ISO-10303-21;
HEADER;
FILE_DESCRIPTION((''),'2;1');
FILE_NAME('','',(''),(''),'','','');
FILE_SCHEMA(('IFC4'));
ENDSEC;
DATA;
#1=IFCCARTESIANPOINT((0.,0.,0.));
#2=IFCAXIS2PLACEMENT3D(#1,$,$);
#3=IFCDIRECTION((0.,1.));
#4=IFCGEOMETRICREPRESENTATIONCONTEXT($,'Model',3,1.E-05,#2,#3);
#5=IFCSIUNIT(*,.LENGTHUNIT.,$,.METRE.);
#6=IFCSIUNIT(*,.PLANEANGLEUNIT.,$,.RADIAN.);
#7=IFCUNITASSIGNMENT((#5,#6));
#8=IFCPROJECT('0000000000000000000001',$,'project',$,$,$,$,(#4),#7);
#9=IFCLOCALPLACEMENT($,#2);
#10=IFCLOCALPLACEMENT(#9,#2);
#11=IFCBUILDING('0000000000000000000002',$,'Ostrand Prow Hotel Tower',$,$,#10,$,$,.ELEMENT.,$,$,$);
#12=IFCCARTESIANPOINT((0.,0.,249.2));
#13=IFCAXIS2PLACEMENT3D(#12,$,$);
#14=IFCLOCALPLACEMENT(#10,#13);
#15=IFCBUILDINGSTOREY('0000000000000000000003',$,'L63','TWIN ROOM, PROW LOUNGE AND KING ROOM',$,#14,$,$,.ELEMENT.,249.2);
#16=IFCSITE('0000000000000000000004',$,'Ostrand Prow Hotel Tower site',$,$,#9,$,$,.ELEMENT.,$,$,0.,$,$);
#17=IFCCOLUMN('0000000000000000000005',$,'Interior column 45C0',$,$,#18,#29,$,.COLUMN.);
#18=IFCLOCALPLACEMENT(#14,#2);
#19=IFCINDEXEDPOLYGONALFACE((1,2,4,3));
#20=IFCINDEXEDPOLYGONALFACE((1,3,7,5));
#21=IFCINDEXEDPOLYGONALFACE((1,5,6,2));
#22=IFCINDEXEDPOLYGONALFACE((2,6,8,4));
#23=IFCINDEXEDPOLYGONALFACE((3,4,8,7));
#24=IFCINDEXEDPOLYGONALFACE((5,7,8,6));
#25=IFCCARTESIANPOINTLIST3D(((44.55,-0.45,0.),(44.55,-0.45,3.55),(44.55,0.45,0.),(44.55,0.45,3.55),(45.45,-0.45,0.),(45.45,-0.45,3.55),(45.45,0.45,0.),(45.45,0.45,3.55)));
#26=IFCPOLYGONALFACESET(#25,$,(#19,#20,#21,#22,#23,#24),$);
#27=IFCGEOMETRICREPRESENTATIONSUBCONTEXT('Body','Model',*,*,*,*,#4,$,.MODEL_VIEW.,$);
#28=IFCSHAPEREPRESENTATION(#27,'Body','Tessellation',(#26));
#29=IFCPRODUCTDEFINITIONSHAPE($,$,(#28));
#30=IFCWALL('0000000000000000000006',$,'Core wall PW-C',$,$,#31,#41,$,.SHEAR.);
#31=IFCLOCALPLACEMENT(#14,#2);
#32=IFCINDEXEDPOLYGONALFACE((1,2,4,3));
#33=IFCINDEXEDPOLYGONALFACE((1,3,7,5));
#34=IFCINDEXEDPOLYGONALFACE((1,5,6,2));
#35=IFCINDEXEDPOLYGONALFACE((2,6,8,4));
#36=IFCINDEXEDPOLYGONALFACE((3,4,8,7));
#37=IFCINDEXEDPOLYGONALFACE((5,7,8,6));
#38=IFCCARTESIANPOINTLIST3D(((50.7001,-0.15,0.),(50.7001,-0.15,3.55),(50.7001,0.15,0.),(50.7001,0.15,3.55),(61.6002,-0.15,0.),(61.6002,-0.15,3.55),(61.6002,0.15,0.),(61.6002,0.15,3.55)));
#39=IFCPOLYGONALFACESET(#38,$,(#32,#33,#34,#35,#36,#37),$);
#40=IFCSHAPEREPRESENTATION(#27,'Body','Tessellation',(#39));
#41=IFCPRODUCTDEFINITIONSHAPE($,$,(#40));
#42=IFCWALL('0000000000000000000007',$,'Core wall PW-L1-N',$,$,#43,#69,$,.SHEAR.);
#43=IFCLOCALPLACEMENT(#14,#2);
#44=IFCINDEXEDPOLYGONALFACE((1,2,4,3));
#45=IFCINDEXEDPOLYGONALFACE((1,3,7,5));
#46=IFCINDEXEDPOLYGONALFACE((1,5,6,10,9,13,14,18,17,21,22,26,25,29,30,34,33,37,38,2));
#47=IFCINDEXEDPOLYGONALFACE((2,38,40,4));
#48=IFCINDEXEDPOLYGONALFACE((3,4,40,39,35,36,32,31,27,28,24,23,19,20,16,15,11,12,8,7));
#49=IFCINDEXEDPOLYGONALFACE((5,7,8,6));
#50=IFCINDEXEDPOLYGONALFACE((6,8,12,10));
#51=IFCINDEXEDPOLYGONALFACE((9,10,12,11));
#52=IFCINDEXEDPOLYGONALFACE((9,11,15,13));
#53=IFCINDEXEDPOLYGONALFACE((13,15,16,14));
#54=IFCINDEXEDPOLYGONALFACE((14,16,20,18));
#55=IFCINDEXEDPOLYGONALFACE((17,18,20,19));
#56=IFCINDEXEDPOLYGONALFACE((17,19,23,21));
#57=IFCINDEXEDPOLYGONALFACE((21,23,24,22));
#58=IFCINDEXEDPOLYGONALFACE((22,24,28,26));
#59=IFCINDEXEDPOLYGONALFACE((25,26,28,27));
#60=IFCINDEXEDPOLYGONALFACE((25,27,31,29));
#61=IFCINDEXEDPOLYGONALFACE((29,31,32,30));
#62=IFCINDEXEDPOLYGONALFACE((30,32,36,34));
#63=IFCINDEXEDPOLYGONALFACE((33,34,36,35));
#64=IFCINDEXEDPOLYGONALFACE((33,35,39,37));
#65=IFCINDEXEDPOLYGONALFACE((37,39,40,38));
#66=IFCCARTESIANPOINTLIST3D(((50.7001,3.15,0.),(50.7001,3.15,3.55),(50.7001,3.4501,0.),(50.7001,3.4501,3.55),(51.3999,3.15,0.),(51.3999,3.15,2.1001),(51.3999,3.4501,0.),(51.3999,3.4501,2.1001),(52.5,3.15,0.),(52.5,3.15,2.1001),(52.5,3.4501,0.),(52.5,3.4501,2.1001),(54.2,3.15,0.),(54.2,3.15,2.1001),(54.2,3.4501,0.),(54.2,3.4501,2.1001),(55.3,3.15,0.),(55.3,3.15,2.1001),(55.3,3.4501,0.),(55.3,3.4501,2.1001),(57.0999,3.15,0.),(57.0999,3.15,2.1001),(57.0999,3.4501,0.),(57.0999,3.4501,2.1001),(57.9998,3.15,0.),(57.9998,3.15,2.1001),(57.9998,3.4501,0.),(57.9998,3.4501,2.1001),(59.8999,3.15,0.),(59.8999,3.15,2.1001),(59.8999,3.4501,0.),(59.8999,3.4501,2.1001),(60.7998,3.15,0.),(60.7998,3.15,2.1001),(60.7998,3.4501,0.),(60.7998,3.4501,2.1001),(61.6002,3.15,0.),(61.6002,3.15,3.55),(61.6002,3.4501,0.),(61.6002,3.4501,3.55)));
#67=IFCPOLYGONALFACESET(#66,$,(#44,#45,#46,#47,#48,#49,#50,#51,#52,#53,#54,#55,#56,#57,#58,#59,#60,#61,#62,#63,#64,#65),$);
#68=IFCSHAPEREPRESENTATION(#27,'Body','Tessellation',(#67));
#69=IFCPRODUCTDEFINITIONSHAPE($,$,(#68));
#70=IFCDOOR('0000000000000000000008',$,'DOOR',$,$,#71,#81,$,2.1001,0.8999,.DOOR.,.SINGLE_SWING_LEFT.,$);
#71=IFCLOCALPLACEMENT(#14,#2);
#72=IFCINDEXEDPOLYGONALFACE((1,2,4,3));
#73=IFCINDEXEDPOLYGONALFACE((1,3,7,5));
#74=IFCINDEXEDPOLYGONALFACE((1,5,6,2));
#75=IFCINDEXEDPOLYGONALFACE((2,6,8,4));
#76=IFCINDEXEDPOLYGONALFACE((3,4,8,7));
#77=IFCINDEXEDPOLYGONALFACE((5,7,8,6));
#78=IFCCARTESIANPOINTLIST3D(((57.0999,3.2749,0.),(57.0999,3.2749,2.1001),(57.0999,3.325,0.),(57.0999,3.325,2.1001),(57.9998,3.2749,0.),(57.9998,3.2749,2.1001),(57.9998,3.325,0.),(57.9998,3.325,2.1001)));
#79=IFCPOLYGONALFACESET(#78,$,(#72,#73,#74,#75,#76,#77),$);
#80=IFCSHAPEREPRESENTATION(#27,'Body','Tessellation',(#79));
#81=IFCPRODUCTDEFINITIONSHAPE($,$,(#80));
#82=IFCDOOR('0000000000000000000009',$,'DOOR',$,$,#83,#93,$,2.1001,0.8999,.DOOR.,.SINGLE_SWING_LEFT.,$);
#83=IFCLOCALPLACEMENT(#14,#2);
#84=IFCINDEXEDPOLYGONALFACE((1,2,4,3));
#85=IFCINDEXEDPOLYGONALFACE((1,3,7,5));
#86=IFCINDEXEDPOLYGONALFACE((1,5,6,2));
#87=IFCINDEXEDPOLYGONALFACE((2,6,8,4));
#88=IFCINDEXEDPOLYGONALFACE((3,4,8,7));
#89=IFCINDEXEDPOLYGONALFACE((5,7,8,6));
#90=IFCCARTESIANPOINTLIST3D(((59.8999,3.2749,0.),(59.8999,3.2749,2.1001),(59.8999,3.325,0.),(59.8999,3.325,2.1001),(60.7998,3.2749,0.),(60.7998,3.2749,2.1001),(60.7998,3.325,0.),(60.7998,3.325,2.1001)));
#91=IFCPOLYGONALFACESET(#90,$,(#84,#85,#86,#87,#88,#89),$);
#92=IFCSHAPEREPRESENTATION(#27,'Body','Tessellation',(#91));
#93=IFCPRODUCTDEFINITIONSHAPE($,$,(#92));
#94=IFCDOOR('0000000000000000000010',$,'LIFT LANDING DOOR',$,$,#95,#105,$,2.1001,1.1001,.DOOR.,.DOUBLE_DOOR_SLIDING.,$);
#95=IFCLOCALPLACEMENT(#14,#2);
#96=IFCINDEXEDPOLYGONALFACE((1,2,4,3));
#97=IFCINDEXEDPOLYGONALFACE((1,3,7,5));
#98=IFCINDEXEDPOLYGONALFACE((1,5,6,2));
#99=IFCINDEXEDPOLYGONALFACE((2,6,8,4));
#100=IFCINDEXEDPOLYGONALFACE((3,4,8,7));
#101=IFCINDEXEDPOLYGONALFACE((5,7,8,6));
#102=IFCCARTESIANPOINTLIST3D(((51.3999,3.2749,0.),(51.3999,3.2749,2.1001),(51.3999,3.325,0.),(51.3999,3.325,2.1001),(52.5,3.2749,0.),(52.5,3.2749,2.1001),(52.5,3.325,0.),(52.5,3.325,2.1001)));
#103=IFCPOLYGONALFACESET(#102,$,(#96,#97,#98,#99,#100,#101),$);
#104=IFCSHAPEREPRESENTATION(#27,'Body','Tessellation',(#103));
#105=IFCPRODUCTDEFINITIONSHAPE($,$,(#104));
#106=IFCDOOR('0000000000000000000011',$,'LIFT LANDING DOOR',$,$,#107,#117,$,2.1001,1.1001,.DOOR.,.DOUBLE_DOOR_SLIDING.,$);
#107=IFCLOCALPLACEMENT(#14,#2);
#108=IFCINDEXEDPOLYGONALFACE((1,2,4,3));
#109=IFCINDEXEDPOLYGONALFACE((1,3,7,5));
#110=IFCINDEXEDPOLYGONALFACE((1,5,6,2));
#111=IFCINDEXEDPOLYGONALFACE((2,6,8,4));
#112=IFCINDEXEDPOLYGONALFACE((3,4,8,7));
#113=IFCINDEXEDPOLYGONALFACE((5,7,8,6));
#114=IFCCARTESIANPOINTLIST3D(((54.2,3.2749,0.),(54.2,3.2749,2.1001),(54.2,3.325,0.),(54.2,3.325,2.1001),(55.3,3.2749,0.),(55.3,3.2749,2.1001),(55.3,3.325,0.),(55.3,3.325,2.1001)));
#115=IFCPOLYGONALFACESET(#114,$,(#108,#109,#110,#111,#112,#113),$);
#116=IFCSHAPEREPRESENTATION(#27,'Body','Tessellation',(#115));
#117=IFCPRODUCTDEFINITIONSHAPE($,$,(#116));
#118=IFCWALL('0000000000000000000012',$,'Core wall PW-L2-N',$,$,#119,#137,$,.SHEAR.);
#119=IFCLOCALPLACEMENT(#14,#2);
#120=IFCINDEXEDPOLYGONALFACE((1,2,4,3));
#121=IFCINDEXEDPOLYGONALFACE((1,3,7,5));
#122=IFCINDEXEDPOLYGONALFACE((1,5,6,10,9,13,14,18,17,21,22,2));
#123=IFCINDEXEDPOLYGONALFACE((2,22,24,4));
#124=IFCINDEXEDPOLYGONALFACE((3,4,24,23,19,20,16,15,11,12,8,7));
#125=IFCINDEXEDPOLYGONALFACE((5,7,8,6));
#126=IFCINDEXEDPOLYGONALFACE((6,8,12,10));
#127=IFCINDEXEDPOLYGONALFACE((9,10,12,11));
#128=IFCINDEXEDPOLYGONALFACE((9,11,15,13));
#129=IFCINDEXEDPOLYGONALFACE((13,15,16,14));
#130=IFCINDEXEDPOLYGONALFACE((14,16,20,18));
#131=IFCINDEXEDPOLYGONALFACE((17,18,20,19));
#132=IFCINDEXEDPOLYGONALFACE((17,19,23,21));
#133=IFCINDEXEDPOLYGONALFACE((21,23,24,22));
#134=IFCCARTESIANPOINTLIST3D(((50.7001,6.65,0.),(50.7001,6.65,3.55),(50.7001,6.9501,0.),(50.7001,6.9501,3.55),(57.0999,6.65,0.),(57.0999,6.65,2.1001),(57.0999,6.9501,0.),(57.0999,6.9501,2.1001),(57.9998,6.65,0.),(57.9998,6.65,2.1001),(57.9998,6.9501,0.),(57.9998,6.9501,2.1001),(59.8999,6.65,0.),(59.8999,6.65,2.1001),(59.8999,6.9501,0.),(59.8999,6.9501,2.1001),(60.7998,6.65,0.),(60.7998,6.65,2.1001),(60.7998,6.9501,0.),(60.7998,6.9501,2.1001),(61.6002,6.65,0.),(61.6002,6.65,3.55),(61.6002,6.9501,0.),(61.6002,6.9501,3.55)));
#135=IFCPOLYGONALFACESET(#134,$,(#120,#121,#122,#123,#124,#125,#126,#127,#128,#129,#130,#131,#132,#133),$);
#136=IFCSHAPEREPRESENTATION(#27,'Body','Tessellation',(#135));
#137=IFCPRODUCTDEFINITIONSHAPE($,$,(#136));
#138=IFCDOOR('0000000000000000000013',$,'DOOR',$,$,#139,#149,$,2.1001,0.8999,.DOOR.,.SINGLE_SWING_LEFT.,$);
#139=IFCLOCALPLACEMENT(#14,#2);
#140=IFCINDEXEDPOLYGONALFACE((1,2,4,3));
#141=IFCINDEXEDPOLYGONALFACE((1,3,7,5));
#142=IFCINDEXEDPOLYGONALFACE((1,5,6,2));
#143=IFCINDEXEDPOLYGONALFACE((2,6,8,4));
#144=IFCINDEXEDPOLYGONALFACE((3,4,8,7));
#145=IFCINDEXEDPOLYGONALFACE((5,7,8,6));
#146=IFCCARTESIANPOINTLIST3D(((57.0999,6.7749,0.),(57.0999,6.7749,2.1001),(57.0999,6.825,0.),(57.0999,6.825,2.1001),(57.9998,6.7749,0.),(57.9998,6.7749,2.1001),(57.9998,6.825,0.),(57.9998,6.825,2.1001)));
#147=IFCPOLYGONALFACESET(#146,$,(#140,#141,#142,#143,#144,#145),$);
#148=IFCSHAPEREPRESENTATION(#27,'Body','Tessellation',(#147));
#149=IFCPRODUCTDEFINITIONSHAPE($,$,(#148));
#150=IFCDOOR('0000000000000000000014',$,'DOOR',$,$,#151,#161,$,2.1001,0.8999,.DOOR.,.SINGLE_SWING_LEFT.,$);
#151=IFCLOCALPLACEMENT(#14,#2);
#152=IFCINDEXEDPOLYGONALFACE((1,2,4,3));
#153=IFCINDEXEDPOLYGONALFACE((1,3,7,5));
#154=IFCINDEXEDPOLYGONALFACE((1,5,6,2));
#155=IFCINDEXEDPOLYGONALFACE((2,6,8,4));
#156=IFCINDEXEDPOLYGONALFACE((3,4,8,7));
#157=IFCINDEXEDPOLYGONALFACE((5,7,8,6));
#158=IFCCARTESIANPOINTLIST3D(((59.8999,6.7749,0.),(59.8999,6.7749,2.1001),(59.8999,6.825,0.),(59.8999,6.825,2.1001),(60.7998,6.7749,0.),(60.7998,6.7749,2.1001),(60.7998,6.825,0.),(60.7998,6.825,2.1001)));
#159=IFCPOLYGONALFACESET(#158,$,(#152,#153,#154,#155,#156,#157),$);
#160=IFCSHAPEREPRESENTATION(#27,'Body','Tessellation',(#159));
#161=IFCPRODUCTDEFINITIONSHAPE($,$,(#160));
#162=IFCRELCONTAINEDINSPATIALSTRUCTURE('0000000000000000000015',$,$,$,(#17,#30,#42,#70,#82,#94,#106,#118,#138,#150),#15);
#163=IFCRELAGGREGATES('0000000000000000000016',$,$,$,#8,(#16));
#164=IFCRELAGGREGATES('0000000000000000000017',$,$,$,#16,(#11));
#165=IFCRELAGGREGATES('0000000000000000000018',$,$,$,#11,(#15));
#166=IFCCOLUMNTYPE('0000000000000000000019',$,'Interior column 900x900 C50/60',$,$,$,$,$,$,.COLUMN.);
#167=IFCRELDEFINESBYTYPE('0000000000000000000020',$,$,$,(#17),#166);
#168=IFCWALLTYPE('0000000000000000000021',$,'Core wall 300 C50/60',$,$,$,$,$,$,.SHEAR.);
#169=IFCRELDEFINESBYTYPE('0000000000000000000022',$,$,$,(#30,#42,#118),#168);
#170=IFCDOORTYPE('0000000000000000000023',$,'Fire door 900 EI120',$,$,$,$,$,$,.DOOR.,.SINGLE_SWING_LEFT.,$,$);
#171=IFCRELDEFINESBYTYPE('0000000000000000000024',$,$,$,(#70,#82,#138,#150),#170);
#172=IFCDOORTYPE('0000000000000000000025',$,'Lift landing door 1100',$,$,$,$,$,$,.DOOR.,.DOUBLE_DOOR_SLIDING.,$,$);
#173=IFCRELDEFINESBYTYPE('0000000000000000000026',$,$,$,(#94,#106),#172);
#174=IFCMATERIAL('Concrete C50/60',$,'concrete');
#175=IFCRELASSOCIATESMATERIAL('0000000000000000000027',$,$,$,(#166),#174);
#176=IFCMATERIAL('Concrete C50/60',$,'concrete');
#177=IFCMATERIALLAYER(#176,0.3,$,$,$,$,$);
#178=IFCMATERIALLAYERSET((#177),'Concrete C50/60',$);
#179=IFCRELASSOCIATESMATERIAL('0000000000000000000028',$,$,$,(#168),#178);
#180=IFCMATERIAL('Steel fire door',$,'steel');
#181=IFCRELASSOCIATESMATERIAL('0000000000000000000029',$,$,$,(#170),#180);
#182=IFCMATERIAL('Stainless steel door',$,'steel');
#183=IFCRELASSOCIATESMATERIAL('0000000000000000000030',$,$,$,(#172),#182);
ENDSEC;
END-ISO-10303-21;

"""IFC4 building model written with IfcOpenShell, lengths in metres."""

from ifc_helpers import new_model, si_unit, direction, frame, frame_2d, origin, origin_2d, place, context, subcontext, project, spatial, rectangle, extrude, material, layer, layer_set, material_profile, profile_set, type_object, element, fill, save


model = new_model("IFC4")

# Units and contexts
model_context = context("Model", 3, precision=1e-05, world=origin(), true_north=direction((0.0, 1.0)))
body_context = subcontext(model_context, "Body", "Model", "MODEL_VIEW")
ifc_project = project(units=[si_unit("LENGTHUNIT", "METRE"), si_unit("PLANEANGLEUNIT", "RADIAN")], contexts=[model_context])

# Site, building, storey
site_placement = place(None, origin())
site = spatial("IfcSite", under=ifc_project, at=site_placement, Name="Ostrand Prow Hotel Tower site", CompositionType="ELEMENT", RefElevation=0.0)
building_placement = place(site_placement, origin())
building = spatial("IfcBuilding", under=site, at=building_placement, Name="Ostrand Prow Hotel Tower", CompositionType="ELEMENT")
storey_placement = place(building_placement, frame((0.0, 0.0, 249.2)))
storey = spatial("IfcBuildingStorey", under=building, at=storey_placement, Name="L63", Description="TWIN ROOM, PROW LOUNGE AND KING ROOM", CompositionType="ELEMENT", Elevation=249.2)

# Column
ifc_material_1 = material(Name="Concrete C50/60", Category="concrete")
ifc_material_profile = material_profile(ifc_material_1, rectangle(XDim=0.8999, YDim=0.8999, at=origin_2d()), Name="RC 900x900")
ifc_profile_set = profile_set([ifc_material_profile], Name="Concrete C50/60")
column_type = type_object("IfcColumnType", Name="Interior column 900x900 C50/60", PredefinedType="COLUMN", material=ifc_profile_set)
column_placement = place(storey_placement, frame((45.0, 0.0, 0.0), z_axis=(0.0, 0.0, 1.0), x_axis=(1.0, 0.0, 0.0)))
element("IfcColumn", 1, at=column_placement, inside=storey, type_object=column_type, Name="Interior column 45C0", PredefinedType="COLUMN", context=body_context, shape_type="SweptSolid", body=[
    extrude(rectangle(XDim=0.8999, YDim=0.8999, at=origin_2d()), origin(), (0.0, 0.0, 1.0), 3.55),
])

# Wall
ifc_material_2 = material(Name="Concrete C50/60", Category="concrete")
ifc_layer_1 = layer(ifc_material_2, 0.3)
ifc_layer_set_1 = layer_set([ifc_layer_1], Name="Concrete C50/60")
wall_type_1 = type_object("IfcWallType", Name="Core wall 300 C50/60", PredefinedType="SHEAR", material=ifc_layer_set_1)
wall_1_placement = place(storey_placement, frame((50.7, 0.0, 0.0), z_axis=(0.0, 0.0, 1.0), x_axis=(1.0, 0.0, 0.0)))
element("IfcWall", 2, at=wall_1_placement, inside=storey, type_object=wall_type_1, Name="Core wall PW-C", PredefinedType="SHEAR", context=body_context, shape_type="SweptSolid", body=[
    extrude(rectangle(XDim=10.9001, YDim=0.3, at=frame_2d((5.4502, 0.0))), origin(), (0.0, 0.0, 1.0), 3.55),
])

# Walls, openings, doors
wall_2_placement = place(storey_placement, frame((50.7, 3.3, 0.0), z_axis=(0.0, 0.0, 1.0), x_axis=(1.0, 0.0, 0.0)))
wall_2 = element("IfcWall", 3, at=wall_2_placement, inside=storey, type_object=wall_type_1, Name="Core wall PW-L1-N", PredefinedType="SHEAR", context=body_context, shape_type="SweptSolid", body=[
    extrude(rectangle(XDim=10.9001, YDim=0.3, at=frame_2d((5.4502, 0.0))), origin(), (0.0, 0.0, 1.0), 3.55),
])
opening_1_placement = place(wall_2_placement, frame((0.7, 0.0, 0.0)))
opening_1 = element("IfcOpeningElement", 4, at=opening_1_placement, cuts=wall_2, PredefinedType="OPENING", context=body_context, shape_type="SweptSolid", body=[
    extrude(rectangle(XDim=1.1001, YDim=2.1001, at=frame_2d((0.55, 1.05))), frame((0.0, 0.1599, 0.0), z_axis=(0.0, -1.0, 0.0), x_axis=(1.0, 0.0, 0.0)), (0.0, 0.0, 1.0), 0.3201),
])
opening_2_placement = place(wall_2_placement, frame((3.5, 0.0, 0.0)))
opening_2 = element("IfcOpeningElement", 5, at=opening_2_placement, cuts=wall_2, PredefinedType="OPENING", context=body_context, shape_type="SweptSolid", body=[
    extrude(rectangle(XDim=1.1001, YDim=2.1001, at=frame_2d((0.55, 1.05))), frame((0.0, 0.1599, 0.0), z_axis=(0.0, -1.0, 0.0), x_axis=(1.0, 0.0, 0.0)), (0.0, 0.0, 1.0), 0.3201),
])
opening_3_placement = place(wall_2_placement, frame((6.3999, 0.0, 0.0)))
opening_3 = element("IfcOpeningElement", 6, at=opening_3_placement, cuts=wall_2, PredefinedType="OPENING", context=body_context, shape_type="SweptSolid", body=[
    extrude(rectangle(XDim=0.8999, YDim=2.1001, at=frame_2d((0.45, 1.05))), frame((0.0, 0.1599, 0.0), z_axis=(0.0, -1.0, 0.0), x_axis=(1.0, 0.0, 0.0)), (0.0, 0.0, 1.0), 0.3201),
])
opening_4_placement = place(wall_2_placement, frame((9.2, 0.0, 0.0)))
opening_4 = element("IfcOpeningElement", 7, at=opening_4_placement, cuts=wall_2, PredefinedType="OPENING", context=body_context, shape_type="SweptSolid", body=[
    extrude(rectangle(XDim=0.8999, YDim=2.1001, at=frame_2d((0.45, 1.05))), frame((0.0, 0.1599, 0.0), z_axis=(0.0, -1.0, 0.0), x_axis=(1.0, 0.0, 0.0)), (0.0, 0.0, 1.0), 0.3201),
])
ifc_material_3 = material(Name="Steel fire door", Category="steel")
door_type_1 = type_object("IfcDoorType", Name="Fire door 900 EI120", OperationType="SINGLE_SWING_LEFT", PredefinedType="DOOR", material=ifc_material_3)
door_1_placement = place(opening_3_placement, origin())
door_1 = element("IfcDoor", 8, at=door_1_placement, inside=storey, type_object=door_type_1, Name="DOOR", OperationType="SINGLE_SWING_LEFT", OverallHeight=2.1001, OverallWidth=0.8999, PredefinedType="DOOR", context=body_context, shape_type="SweptSolid", body=[
    extrude(rectangle(XDim=0.8999, YDim=2.1001, at=frame_2d((0.45, 1.05))), frame((0.0, 0.0249, 0.0), z_axis=(0.0, -1.0, 0.0), x_axis=(1.0, 0.0, 0.0)), (0.0, 0.0, 1.0), 0.05),
])
fill(opening_3, door_1)
door_2_placement = place(opening_4_placement, origin())
door_2 = element("IfcDoor", 9, at=door_2_placement, inside=storey, type_object=door_type_1, Name="DOOR", OperationType="SINGLE_SWING_LEFT", OverallHeight=2.1001, OverallWidth=0.8999, PredefinedType="DOOR", context=body_context, shape_type="SweptSolid", body=[
    extrude(rectangle(XDim=0.8999, YDim=2.1001, at=frame_2d((0.45, 1.05))), frame((0.0, 0.0249, 0.0), z_axis=(0.0, -1.0, 0.0), x_axis=(1.0, 0.0, 0.0)), (0.0, 0.0, 1.0), 0.05),
])
fill(opening_4, door_2)
ifc_material_4 = material(Name="Stainless steel door", Category="steel")
door_type_2 = type_object("IfcDoorType", Name="Lift landing door 1100", OperationType="DOUBLE_DOOR_SLIDING", PredefinedType="DOOR", material=ifc_material_4)
door_3_placement = place(opening_1_placement, origin())
door_3 = element("IfcDoor", 10, at=door_3_placement, inside=storey, type_object=door_type_2, Name="LIFT LANDING DOOR", OperationType="DOUBLE_DOOR_SLIDING", OverallHeight=2.1001, OverallWidth=1.1001, PredefinedType="DOOR", context=body_context, shape_type="SweptSolid", body=[
    extrude(rectangle(XDim=1.1001, YDim=2.1001, at=frame_2d((0.55, 1.05))), frame((0.0, 0.0249, 0.0), z_axis=(0.0, -1.0, 0.0), x_axis=(1.0, 0.0, 0.0)), (0.0, 0.0, 1.0), 0.05),
])
fill(opening_1, door_3)
door_4_placement = place(opening_2_placement, origin())
door_4 = element("IfcDoor", 11, at=door_4_placement, inside=storey, type_object=door_type_2, Name="LIFT LANDING DOOR", OperationType="DOUBLE_DOOR_SLIDING", OverallHeight=2.1001, OverallWidth=1.1001, PredefinedType="DOOR", context=body_context, shape_type="SweptSolid", body=[
    extrude(rectangle(XDim=1.1001, YDim=2.1001, at=frame_2d((0.55, 1.05))), frame((0.0, 0.0249, 0.0), z_axis=(0.0, -1.0, 0.0), x_axis=(1.0, 0.0, 0.0)), (0.0, 0.0, 1.0), 0.05),
])
fill(opening_2, door_4)
wall_3_placement = place(storey_placement, frame((50.7, 6.8, 0.0), z_axis=(0.0, 0.0, 1.0), x_axis=(1.0, 0.0, 0.0)))
wall_3 = element("IfcWall", 12, at=wall_3_placement, inside=storey, type_object=wall_type_1, Name="Core wall PW-L2-N", PredefinedType="SHEAR", context=body_context, shape_type="SweptSolid", body=[
    extrude(rectangle(XDim=10.9001, YDim=0.3, at=frame_2d((5.4502, 0.0))), origin(), (0.0, 0.0, 1.0), 3.55),
])
opening_5_placement = place(wall_3_placement, frame((6.3999, 0.0, 0.0)))
opening_5 = element("IfcOpeningElement", 13, at=opening_5_placement, cuts=wall_3, PredefinedType="OPENING", context=body_context, shape_type="SweptSolid", body=[
    extrude(rectangle(XDim=0.8999, YDim=2.1001, at=frame_2d((0.45, 1.05))), frame((0.0, 0.1599, 0.0), z_axis=(0.0, -1.0, 0.0), x_axis=(1.0, 0.0, 0.0)), (0.0, 0.0, 1.0), 0.3201),
])
opening_6_placement = place(wall_3_placement, frame((9.2, 0.0, 0.0)))
opening_6 = element("IfcOpeningElement", 14, at=opening_6_placement, cuts=wall_3, PredefinedType="OPENING", context=body_context, shape_type="SweptSolid", body=[
    extrude(rectangle(XDim=0.8999, YDim=2.1001, at=frame_2d((0.45, 1.05))), frame((0.0, 0.1599, 0.0), z_axis=(0.0, -1.0, 0.0), x_axis=(1.0, 0.0, 0.0)), (0.0, 0.0, 1.0), 0.3201),
])
door_5_placement = place(opening_5_placement, origin())
door_5 = element("IfcDoor", 15, at=door_5_placement, inside=storey, type_object=door_type_1, Name="DOOR", OperationType="SINGLE_SWING_LEFT", OverallHeight=2.1001, OverallWidth=0.8999, PredefinedType="DOOR", context=body_context, shape_type="SweptSolid", body=[
    extrude(rectangle(XDim=0.8999, YDim=2.1001, at=frame_2d((0.45, 1.05))), frame((0.0, 0.0249, 0.0), z_axis=(0.0, -1.0, 0.0), x_axis=(1.0, 0.0, 0.0)), (0.0, 0.0, 1.0), 0.05),
])
fill(opening_5, door_5)
door_6_placement = place(opening_6_placement, origin())
door_6 = element("IfcDoor", 16, at=door_6_placement, inside=storey, type_object=door_type_1, Name="DOOR", OperationType="SINGLE_SWING_LEFT", OverallHeight=2.1001, OverallWidth=0.8999, PredefinedType="DOOR", context=body_context, shape_type="SweptSolid", body=[
    extrude(rectangle(XDim=0.8999, YDim=2.1001, at=frame_2d((0.45, 1.05))), frame((0.0, 0.0249, 0.0), z_axis=(0.0, -1.0, 0.0), x_axis=(1.0, 0.0, 0.0)), (0.0, 0.0, 1.0), 0.05),
])
fill(opening_6, door_6)

save(model, "model.ifc")
